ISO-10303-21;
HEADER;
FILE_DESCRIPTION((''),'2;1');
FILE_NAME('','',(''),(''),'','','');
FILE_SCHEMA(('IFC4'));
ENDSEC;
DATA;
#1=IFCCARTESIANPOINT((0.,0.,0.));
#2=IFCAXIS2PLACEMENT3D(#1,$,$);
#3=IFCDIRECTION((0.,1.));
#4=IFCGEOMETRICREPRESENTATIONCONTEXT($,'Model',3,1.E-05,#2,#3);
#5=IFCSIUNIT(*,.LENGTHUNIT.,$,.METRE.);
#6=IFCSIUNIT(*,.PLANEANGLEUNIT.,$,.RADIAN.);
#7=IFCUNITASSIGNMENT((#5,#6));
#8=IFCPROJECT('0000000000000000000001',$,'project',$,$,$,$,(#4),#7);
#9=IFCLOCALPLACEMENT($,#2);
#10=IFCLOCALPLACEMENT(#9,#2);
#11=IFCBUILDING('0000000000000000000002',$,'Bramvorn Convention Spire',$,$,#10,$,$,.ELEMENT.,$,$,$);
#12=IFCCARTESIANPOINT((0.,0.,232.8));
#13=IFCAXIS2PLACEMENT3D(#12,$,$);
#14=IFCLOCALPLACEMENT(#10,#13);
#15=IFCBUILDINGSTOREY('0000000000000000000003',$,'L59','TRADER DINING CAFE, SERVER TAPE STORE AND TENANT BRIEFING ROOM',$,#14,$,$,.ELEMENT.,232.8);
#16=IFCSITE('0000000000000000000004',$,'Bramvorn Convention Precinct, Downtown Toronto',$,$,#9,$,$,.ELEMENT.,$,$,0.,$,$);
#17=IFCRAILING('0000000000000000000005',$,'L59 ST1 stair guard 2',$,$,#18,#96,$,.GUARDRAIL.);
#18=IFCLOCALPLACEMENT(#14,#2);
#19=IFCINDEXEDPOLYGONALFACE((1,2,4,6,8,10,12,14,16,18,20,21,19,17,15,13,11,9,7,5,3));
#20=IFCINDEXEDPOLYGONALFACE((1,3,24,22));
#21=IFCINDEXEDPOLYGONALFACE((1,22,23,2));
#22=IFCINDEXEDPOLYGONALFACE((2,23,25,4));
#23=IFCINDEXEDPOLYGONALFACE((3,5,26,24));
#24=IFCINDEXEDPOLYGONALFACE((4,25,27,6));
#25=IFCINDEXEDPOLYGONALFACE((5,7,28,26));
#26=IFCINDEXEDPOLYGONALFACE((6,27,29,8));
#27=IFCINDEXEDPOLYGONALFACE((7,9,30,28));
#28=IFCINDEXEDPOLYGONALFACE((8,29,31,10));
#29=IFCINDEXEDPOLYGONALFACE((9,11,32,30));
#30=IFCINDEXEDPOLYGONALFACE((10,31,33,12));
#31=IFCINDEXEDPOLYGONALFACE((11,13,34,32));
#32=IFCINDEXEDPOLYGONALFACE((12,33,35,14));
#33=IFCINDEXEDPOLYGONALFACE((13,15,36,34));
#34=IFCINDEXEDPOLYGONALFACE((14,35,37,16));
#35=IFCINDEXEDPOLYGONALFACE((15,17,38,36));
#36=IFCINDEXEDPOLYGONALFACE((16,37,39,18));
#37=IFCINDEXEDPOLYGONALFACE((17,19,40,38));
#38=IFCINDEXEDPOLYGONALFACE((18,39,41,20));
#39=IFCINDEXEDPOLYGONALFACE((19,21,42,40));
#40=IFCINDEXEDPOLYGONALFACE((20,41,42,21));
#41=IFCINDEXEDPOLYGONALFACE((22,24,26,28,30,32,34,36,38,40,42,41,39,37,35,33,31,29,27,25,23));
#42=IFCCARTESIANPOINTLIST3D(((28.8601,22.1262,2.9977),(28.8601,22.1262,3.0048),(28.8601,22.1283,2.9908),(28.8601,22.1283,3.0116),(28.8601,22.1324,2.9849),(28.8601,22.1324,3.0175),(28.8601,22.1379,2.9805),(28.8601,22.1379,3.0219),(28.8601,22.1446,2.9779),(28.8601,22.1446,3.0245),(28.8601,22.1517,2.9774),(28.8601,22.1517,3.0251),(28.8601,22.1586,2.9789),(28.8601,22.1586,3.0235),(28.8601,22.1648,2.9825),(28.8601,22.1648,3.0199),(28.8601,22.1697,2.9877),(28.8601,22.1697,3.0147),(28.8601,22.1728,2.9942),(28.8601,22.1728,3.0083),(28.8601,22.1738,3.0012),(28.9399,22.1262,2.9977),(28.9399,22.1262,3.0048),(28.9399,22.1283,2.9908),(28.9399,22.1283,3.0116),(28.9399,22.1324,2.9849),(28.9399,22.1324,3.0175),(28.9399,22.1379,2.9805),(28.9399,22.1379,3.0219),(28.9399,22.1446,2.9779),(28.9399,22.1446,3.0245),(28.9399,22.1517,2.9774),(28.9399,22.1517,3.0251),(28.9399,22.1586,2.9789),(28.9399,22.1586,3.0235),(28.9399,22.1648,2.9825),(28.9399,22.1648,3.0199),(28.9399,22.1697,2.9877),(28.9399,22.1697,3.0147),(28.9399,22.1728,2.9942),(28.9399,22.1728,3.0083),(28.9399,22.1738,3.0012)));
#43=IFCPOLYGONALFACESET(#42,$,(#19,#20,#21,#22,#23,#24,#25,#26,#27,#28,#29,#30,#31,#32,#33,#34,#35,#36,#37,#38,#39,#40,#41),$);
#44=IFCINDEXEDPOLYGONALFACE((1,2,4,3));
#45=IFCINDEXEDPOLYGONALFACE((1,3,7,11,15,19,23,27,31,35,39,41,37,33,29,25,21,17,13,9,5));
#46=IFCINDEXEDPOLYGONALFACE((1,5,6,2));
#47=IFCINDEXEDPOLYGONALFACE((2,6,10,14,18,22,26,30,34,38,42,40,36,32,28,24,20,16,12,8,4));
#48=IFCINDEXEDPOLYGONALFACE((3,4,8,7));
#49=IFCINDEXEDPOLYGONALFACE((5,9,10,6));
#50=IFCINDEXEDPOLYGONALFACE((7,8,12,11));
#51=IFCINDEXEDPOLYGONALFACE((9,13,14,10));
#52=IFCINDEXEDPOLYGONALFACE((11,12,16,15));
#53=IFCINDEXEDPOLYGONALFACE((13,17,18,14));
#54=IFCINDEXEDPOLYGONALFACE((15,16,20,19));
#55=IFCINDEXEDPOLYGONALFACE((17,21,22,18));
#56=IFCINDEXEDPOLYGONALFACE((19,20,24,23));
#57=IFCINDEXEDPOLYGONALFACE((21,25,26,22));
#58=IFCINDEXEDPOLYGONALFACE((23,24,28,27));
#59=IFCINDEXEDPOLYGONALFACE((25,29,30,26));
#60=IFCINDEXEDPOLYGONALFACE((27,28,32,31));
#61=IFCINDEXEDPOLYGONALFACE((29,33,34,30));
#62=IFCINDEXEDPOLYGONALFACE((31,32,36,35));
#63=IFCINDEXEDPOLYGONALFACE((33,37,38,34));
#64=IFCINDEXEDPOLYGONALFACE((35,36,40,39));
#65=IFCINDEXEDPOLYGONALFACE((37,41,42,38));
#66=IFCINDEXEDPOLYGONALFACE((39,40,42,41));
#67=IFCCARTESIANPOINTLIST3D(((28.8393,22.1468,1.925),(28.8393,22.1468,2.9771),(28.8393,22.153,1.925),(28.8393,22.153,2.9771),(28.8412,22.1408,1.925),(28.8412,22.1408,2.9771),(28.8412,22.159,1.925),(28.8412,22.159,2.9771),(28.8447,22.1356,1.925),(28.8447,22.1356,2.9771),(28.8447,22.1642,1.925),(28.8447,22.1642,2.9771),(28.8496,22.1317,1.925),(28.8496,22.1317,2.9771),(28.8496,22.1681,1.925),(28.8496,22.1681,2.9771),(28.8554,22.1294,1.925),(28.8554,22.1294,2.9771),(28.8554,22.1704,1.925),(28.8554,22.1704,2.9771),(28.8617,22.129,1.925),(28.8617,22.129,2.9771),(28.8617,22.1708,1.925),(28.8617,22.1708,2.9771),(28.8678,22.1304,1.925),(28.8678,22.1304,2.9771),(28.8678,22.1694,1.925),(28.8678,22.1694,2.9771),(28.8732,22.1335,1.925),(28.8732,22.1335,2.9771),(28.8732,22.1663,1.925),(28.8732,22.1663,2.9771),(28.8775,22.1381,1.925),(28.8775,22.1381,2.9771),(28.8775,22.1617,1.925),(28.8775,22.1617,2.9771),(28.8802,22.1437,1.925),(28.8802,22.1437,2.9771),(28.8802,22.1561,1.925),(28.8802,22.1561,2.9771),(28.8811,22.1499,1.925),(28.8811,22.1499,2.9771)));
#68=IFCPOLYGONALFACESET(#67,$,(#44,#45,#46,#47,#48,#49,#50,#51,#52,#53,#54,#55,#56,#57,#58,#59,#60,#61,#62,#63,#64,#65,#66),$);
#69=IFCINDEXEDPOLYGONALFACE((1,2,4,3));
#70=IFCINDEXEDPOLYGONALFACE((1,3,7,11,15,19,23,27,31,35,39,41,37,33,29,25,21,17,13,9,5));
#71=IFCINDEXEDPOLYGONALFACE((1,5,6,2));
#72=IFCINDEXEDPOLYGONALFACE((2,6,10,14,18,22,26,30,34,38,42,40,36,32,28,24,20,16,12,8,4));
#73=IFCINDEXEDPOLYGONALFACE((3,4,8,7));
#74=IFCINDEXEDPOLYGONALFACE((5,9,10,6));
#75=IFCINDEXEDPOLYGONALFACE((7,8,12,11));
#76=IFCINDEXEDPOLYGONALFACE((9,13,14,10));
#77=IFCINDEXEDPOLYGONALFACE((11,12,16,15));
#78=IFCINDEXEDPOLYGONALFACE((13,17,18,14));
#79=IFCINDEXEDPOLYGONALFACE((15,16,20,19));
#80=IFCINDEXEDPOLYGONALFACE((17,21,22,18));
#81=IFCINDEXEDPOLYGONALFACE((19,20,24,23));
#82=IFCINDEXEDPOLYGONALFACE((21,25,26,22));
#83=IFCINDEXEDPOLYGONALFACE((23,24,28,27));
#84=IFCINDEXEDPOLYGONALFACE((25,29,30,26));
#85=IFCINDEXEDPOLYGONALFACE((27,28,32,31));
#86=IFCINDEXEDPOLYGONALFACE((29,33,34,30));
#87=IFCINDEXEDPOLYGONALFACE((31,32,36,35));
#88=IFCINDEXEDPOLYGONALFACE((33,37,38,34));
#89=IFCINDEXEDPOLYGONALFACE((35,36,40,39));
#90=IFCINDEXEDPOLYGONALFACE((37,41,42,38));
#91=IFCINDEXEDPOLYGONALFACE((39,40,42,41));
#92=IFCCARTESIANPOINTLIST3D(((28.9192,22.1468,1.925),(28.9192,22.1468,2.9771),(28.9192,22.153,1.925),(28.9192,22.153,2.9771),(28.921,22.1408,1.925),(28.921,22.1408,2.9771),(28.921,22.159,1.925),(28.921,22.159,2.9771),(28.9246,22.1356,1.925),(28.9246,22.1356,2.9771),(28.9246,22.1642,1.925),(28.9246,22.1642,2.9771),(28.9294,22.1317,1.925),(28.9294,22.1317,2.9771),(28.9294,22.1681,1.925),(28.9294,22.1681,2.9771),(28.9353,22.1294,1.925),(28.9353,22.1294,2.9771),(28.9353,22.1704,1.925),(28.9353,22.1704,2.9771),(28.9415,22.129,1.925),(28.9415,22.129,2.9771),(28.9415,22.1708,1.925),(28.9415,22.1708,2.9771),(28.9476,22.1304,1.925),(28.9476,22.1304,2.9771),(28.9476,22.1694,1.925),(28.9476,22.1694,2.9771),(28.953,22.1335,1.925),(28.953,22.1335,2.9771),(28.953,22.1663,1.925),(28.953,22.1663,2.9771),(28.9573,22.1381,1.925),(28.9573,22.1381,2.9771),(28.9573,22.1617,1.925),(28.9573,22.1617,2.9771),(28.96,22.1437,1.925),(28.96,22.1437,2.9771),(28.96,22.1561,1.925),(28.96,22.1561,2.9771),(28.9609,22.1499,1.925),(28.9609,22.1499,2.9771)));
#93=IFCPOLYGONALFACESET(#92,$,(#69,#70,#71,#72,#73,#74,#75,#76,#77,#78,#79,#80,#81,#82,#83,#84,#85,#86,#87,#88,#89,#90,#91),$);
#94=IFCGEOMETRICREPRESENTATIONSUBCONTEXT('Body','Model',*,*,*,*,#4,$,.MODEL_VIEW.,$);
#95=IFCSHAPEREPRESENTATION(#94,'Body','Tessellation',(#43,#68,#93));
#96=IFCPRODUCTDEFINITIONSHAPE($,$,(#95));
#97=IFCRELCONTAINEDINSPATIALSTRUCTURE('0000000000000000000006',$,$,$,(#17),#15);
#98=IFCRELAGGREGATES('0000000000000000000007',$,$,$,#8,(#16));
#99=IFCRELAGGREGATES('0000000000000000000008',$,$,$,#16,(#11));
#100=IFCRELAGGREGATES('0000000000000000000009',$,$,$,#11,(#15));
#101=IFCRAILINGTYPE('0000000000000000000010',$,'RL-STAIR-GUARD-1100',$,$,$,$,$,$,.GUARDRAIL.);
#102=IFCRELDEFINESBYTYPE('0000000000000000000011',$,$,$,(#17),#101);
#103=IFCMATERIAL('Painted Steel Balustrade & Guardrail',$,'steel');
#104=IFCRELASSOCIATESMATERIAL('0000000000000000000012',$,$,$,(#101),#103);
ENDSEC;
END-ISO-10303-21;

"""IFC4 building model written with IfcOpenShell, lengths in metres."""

from ifc_helpers import new_model, si_unit, direction, frame, origin, origin_2d, place, context, subcontext, project, spatial, circle, extrude, material, type_object, element, save


model = new_model("IFC4")

# Units and contexts
model_context = context("Model", 3, precision=1e-05, world=origin(), true_north=direction((0.0, 1.0)))
body_context = subcontext(model_context, "Body", "Model", "MODEL_VIEW")
ifc_project = project(units=[si_unit("LENGTHUNIT", "METRE"), si_unit("PLANEANGLEUNIT", "RADIAN")], contexts=[model_context])

# Site, building, storey
site_placement = place(None, origin())
site = spatial("IfcSite", under=ifc_project, at=site_placement, Name="Bramvorn Convention Precinct, Downtown Toronto", CompositionType="ELEMENT", RefElevation=0.0)
building_placement = place(site_placement, origin())
building = spatial("IfcBuilding", under=site, at=building_placement, Name="Bramvorn Convention Spire", CompositionType="ELEMENT")
storey_placement = place(building_placement, frame((0.0, 0.0, 232.8)))
storey = spatial("IfcBuildingStorey", under=building, at=storey_placement, Name="L59", Description="TRADER DINING CAFE, SERVER TAPE STORE AND TENANT BRIEFING ROOM", CompositionType="ELEMENT", Elevation=232.8)

# Railing
ifc_material_1 = material(Name="Painted Steel Balustrade & Guardrail", Category="steel")
railing_type_1 = type_object("IfcRailingType", Name="RL-STAIR-GUARD-1100", PredefinedType="GUARDRAIL", material=ifc_material_1)
railing_1_placement = place(storey_placement, frame((28.8601, 22.1499, 1.925)))
element("IfcRailing", 1, at=railing_1_placement, inside=storey, type_object=railing_type_1, Name="L59 ST1 stair guard 2", PredefinedType="GUARDRAIL", context=body_context, shape_type="SweptSolid", body=[
    extrude(circle(Radius=0.0239, at=origin_2d()), frame((0.0, 0.0, 1.0762), z_axis=(1.0, 0.0, 0.0), x_axis=(0.0, 1.0, 0.0)), (0.0, 0.0, 1.0), 0.0798),
    extrude(circle(Radius=0.021, at=origin_2d()), origin(), (0.0, 0.0, 1.0), 1.052),
    extrude(circle(Radius=0.021, at=origin_2d()), frame((0.0798, 0.0, 0.0)), (0.0, 0.0, 1.0), 1.052),
])

save(model, "model.ifc")
